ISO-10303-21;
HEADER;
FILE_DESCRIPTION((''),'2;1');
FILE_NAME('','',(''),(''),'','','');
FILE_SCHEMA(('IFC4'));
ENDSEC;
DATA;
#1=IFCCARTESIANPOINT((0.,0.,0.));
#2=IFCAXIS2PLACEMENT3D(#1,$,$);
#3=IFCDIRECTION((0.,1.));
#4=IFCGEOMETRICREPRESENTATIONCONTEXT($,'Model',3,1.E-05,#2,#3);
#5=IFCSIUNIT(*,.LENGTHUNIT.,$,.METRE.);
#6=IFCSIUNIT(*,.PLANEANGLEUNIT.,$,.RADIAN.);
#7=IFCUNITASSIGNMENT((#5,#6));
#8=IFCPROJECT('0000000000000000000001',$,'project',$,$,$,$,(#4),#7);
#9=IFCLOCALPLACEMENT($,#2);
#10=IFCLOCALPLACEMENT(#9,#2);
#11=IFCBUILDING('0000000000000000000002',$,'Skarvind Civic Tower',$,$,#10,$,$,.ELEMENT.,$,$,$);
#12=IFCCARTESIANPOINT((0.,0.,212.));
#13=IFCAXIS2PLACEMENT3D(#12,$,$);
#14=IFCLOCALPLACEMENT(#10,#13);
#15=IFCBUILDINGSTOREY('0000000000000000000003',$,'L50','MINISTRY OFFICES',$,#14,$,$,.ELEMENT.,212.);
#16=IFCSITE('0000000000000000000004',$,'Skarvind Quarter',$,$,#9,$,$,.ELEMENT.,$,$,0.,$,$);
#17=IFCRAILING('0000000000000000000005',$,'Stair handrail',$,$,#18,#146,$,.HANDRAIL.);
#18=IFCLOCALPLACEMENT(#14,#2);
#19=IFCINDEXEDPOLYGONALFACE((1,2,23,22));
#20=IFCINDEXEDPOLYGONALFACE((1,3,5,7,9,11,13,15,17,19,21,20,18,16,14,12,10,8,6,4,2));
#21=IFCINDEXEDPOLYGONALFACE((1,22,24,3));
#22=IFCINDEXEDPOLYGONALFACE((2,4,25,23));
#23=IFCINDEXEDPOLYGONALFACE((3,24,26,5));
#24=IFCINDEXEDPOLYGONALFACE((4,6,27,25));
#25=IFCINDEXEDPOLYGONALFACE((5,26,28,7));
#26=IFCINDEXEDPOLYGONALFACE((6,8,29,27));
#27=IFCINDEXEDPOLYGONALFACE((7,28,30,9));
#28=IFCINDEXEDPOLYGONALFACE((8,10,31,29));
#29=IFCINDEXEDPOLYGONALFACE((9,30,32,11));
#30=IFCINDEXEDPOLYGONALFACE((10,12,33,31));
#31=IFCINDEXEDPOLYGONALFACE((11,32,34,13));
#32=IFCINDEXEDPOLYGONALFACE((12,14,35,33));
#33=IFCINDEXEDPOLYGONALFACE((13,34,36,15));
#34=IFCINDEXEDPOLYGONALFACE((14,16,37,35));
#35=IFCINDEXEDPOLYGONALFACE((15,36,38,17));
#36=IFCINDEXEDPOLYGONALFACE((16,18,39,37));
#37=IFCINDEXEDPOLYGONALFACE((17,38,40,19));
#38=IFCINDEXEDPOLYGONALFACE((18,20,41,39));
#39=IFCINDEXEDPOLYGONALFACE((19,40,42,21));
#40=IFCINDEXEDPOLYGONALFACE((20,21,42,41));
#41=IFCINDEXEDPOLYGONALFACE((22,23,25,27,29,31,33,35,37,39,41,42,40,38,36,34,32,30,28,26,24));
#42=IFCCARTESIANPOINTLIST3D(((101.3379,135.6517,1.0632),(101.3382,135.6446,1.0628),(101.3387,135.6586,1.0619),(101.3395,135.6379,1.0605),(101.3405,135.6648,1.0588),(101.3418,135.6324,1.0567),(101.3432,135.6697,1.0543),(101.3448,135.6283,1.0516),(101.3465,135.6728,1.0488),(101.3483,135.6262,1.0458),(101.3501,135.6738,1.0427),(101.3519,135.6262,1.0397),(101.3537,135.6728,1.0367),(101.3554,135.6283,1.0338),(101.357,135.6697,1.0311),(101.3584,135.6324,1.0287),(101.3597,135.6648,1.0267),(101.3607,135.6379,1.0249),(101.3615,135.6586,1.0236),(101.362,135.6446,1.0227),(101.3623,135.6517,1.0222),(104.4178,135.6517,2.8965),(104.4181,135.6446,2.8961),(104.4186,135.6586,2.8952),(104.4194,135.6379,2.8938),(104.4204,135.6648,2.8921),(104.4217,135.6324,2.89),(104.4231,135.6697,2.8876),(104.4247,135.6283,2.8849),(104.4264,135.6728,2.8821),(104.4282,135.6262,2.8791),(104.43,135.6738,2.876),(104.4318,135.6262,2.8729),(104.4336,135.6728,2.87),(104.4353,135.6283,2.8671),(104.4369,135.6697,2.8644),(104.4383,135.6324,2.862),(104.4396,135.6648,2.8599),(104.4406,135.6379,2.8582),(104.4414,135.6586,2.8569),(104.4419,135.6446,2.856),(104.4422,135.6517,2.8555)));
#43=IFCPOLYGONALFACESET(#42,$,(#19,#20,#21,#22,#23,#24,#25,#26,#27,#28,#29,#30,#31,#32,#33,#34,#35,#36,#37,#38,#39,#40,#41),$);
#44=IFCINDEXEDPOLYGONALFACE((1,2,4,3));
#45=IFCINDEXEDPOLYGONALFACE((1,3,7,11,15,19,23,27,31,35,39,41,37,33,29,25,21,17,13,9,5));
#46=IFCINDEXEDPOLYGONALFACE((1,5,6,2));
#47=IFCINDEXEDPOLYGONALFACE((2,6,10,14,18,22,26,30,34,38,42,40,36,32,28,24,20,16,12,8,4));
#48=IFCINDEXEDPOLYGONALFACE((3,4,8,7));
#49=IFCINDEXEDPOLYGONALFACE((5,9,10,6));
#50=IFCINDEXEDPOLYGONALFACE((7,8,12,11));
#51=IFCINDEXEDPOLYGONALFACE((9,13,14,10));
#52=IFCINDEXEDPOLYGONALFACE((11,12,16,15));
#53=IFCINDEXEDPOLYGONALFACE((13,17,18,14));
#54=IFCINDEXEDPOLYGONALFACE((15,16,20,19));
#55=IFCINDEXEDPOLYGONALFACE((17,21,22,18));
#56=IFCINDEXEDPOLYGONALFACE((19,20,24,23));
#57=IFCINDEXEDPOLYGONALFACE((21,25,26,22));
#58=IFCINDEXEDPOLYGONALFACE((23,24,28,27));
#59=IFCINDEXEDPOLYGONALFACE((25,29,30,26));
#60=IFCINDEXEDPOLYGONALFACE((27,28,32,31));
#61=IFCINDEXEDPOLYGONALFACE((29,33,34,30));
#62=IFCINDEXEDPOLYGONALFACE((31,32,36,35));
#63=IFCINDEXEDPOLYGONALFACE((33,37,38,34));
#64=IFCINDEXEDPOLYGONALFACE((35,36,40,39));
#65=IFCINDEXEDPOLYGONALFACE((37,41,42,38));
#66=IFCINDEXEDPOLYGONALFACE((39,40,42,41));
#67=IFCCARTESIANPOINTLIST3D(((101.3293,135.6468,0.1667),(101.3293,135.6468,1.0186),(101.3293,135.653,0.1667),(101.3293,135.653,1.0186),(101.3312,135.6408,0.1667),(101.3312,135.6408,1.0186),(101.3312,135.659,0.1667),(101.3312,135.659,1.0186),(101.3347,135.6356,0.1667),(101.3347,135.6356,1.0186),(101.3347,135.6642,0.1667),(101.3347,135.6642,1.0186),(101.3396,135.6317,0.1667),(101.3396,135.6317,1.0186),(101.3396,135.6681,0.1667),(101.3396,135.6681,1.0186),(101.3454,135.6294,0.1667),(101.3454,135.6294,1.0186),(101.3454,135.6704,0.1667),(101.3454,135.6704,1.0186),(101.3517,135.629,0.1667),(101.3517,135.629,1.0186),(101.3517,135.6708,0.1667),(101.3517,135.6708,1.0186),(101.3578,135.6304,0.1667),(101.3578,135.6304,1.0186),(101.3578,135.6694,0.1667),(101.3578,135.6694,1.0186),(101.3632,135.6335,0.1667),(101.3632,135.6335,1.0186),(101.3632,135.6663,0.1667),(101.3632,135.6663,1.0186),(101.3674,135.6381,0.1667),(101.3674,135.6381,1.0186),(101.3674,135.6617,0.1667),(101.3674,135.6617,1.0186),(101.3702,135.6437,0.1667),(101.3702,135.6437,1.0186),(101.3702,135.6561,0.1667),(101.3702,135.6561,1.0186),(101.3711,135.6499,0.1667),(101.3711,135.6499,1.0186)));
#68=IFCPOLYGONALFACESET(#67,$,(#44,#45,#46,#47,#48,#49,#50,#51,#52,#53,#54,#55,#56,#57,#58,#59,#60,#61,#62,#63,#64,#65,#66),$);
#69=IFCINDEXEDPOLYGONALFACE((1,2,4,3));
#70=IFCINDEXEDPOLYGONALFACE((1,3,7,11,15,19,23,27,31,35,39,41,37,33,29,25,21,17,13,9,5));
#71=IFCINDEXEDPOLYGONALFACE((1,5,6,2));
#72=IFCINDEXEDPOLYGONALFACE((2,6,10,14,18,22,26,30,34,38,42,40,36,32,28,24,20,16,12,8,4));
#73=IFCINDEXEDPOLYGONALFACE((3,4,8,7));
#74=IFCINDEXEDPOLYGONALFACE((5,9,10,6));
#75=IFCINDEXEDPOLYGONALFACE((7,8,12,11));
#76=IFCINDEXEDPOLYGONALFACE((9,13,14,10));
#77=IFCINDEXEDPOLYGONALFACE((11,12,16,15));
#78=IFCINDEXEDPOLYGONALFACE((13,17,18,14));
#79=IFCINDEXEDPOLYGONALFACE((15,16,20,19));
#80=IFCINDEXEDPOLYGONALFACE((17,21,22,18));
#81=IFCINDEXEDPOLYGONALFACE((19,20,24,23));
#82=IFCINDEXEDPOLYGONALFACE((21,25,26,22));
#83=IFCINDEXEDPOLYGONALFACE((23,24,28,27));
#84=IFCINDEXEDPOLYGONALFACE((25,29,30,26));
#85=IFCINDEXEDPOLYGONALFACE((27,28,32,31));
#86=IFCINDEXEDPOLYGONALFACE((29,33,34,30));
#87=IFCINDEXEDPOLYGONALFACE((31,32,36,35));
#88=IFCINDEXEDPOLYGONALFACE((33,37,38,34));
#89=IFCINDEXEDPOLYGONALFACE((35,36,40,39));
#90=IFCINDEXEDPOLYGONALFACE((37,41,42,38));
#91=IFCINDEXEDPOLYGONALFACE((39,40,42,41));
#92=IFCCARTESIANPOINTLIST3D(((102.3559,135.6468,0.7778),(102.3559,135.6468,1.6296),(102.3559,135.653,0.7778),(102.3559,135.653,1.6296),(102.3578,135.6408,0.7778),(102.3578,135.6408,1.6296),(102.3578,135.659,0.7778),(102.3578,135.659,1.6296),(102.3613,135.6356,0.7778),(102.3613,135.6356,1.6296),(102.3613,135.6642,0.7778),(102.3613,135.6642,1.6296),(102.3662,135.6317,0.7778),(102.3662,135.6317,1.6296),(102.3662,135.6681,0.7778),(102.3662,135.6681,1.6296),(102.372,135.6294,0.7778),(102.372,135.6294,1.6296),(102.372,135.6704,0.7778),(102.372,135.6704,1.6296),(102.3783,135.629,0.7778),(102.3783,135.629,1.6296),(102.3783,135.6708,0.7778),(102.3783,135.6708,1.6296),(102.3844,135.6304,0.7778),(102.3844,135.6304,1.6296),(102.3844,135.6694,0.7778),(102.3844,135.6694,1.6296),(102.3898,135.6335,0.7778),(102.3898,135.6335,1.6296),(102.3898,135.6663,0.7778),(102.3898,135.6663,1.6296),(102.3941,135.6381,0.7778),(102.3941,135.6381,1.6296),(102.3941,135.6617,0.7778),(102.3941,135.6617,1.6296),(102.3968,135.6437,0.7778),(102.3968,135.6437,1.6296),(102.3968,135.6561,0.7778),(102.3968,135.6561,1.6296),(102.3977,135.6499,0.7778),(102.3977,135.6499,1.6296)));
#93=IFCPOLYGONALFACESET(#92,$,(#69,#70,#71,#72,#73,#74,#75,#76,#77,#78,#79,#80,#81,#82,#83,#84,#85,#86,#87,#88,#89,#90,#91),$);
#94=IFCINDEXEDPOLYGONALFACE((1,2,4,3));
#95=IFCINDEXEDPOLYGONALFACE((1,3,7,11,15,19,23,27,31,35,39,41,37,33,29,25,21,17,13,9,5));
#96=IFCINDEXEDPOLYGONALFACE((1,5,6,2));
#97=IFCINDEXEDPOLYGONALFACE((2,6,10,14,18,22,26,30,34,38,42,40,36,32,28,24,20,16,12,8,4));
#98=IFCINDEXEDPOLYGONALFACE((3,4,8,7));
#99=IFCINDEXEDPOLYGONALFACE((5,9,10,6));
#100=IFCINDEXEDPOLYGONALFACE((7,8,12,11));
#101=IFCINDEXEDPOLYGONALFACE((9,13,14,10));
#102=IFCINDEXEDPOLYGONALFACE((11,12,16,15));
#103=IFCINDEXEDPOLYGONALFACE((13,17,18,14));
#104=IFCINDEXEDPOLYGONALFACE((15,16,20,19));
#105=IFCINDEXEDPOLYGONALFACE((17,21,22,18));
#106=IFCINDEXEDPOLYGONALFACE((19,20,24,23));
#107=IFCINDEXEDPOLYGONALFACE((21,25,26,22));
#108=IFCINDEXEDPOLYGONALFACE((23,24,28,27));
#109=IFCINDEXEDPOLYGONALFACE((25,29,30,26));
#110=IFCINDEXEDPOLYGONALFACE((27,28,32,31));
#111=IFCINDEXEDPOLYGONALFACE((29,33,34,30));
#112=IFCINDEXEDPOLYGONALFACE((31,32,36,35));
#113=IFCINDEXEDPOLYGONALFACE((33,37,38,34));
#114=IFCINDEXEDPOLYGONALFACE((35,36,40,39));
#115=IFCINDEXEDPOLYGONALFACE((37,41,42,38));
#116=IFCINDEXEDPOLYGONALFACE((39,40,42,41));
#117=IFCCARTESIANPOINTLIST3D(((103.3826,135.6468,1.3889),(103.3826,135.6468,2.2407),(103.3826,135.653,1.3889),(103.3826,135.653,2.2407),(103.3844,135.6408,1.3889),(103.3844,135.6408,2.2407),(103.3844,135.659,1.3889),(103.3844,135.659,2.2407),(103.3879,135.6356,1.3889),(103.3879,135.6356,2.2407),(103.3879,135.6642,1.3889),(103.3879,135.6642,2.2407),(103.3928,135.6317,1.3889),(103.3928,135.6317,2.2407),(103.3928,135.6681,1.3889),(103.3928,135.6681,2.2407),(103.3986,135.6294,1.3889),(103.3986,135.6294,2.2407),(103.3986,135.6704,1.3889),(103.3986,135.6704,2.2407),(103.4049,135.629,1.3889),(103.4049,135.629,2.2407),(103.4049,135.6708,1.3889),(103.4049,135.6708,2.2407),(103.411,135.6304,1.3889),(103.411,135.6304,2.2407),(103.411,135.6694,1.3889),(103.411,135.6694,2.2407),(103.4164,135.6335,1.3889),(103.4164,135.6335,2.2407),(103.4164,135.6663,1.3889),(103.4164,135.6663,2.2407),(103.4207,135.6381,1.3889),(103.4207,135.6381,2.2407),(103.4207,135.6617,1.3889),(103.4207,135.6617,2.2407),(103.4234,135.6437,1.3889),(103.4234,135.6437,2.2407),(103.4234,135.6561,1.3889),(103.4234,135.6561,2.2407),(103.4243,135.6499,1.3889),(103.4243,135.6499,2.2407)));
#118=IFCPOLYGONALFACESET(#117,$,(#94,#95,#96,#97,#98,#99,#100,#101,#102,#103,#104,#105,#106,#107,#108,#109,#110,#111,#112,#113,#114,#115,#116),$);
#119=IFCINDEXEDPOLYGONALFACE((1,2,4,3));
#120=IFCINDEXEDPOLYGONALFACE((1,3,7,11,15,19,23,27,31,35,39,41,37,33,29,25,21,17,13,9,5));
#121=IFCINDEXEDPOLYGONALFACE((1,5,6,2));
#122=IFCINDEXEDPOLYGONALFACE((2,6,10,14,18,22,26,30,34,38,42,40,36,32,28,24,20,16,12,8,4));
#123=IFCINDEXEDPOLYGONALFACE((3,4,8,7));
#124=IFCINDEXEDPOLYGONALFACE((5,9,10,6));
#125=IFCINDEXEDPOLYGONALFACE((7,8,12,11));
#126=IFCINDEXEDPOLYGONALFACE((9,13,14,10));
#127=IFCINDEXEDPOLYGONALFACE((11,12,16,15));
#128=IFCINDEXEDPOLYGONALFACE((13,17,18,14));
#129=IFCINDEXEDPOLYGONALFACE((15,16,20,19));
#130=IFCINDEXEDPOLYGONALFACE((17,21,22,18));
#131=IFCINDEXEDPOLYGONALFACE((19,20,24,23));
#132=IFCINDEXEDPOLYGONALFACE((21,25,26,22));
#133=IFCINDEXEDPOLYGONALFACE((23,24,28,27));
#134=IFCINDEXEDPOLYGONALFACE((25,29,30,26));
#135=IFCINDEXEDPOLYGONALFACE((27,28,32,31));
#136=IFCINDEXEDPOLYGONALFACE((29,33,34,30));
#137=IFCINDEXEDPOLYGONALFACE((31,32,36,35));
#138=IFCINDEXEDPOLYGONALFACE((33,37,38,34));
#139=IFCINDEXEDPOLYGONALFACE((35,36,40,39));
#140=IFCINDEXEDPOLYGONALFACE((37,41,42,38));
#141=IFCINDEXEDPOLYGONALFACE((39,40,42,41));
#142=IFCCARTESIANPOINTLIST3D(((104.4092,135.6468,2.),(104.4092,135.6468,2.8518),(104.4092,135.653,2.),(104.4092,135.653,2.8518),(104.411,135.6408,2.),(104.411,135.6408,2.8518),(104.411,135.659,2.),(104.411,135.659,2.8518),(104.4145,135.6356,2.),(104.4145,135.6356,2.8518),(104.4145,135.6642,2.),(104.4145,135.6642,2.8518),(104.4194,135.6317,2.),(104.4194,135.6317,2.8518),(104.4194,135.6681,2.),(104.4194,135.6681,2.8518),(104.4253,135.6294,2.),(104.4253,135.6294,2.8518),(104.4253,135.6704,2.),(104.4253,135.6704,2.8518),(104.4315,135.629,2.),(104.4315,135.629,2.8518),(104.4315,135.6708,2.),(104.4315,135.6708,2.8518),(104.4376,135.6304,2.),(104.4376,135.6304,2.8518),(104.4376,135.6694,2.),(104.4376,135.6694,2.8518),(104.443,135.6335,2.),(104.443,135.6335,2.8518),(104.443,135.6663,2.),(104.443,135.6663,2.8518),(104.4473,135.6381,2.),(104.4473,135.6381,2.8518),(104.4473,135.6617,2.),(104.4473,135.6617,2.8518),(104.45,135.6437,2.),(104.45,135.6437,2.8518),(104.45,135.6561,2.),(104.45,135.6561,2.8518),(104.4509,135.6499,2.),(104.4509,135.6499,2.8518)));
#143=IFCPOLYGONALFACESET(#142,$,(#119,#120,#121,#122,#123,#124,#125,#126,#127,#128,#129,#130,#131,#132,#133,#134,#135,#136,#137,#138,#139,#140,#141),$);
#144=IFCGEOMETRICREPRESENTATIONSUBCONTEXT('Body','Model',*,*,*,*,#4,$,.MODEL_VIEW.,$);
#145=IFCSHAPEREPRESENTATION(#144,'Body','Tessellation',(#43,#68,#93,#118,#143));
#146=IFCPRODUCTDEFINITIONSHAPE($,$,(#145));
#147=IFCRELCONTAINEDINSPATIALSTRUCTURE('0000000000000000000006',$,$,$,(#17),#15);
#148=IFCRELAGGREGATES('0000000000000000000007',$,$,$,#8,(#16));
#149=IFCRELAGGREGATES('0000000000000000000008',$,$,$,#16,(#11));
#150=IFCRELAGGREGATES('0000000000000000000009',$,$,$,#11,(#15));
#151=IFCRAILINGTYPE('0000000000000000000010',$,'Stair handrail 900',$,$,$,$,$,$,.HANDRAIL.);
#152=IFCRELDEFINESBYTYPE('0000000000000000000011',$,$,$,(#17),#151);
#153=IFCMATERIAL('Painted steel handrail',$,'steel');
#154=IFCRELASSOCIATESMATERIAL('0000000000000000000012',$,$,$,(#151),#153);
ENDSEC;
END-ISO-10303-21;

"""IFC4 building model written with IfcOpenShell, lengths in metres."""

from ifc_helpers import new_model, si_unit, direction, frame, origin, origin_2d, place, context, subcontext, project, spatial, circle, extrude, material, type_object, element, save


model = new_model("IFC4")

# Units and contexts
model_context = context("Model", 3, precision=1e-05, world=origin(), true_north=direction((0.0, 1.0)))
body_context = subcontext(model_context, "Body", "Model", "MODEL_VIEW")
ifc_project = project(units=[si_unit("LENGTHUNIT", "METRE"), si_unit("PLANEANGLEUNIT", "RADIAN")], contexts=[model_context])

# Site, building, storey
site_placement = place(None, origin())
site = spatial("IfcSite", under=ifc_project, at=site_placement, Name="Skarvind Quarter", CompositionType="ELEMENT", RefElevation=0.0)
building_placement = place(site_placement, origin())
building = spatial("IfcBuilding", under=site, at=building_placement, Name="Skarvind Civic Tower", CompositionType="ELEMENT")
storey_placement = place(building_placement, frame((0.0, 0.0, 212.0)))
storey = spatial("IfcBuildingStorey", under=building, at=storey_placement, Name="L50", Description="MINISTRY OFFICES", CompositionType="ELEMENT", Elevation=212.0)

# Railing
ifc_material_1 = material(Name="Painted steel handrail", Category="steel")
railing_type = type_object("IfcRailingType", Name="Stair handrail 900", PredefinedType="HANDRAIL", material=ifc_material_1)
railing_1_placement = place(storey_placement, frame((101.3501, 135.6499, 0.1667)))
element("IfcRailing", 1, at=railing_1_placement, inside=storey, type_object=railing_type, Name="Stair handrail", PredefinedType="HANDRAIL", context=body_context, shape_type="SweptSolid", body=[
    extrude(circle(Radius=0.0239, at=origin_2d()), frame((0.0, 0.0, 0.876), z_axis=(0.859291, 0.0, 0.511487), x_axis=(0.0, 1.0, 0.0)), (0.0, 0.0, 1.0), 3.5842),
    extrude(circle(Radius=0.021, at=origin_2d()), origin(), (0.0, 0.0, 1.0), 0.8518),
    extrude(circle(Radius=0.021, at=origin_2d()), frame((1.0266, 0.0, 0.6111)), (0.0, 0.0, 1.0), 0.8518),
    extrude(circle(Radius=0.021, at=origin_2d()), frame((2.0532, 0.0, 1.2222)), (0.0, 0.0, 1.0), 0.8518),
    extrude(circle(Radius=0.021, at=origin_2d()), frame((3.0798, 0.0, 1.8333)), (0.0, 0.0, 1.0), 0.8518),
])

save(model, "model.ifc")
